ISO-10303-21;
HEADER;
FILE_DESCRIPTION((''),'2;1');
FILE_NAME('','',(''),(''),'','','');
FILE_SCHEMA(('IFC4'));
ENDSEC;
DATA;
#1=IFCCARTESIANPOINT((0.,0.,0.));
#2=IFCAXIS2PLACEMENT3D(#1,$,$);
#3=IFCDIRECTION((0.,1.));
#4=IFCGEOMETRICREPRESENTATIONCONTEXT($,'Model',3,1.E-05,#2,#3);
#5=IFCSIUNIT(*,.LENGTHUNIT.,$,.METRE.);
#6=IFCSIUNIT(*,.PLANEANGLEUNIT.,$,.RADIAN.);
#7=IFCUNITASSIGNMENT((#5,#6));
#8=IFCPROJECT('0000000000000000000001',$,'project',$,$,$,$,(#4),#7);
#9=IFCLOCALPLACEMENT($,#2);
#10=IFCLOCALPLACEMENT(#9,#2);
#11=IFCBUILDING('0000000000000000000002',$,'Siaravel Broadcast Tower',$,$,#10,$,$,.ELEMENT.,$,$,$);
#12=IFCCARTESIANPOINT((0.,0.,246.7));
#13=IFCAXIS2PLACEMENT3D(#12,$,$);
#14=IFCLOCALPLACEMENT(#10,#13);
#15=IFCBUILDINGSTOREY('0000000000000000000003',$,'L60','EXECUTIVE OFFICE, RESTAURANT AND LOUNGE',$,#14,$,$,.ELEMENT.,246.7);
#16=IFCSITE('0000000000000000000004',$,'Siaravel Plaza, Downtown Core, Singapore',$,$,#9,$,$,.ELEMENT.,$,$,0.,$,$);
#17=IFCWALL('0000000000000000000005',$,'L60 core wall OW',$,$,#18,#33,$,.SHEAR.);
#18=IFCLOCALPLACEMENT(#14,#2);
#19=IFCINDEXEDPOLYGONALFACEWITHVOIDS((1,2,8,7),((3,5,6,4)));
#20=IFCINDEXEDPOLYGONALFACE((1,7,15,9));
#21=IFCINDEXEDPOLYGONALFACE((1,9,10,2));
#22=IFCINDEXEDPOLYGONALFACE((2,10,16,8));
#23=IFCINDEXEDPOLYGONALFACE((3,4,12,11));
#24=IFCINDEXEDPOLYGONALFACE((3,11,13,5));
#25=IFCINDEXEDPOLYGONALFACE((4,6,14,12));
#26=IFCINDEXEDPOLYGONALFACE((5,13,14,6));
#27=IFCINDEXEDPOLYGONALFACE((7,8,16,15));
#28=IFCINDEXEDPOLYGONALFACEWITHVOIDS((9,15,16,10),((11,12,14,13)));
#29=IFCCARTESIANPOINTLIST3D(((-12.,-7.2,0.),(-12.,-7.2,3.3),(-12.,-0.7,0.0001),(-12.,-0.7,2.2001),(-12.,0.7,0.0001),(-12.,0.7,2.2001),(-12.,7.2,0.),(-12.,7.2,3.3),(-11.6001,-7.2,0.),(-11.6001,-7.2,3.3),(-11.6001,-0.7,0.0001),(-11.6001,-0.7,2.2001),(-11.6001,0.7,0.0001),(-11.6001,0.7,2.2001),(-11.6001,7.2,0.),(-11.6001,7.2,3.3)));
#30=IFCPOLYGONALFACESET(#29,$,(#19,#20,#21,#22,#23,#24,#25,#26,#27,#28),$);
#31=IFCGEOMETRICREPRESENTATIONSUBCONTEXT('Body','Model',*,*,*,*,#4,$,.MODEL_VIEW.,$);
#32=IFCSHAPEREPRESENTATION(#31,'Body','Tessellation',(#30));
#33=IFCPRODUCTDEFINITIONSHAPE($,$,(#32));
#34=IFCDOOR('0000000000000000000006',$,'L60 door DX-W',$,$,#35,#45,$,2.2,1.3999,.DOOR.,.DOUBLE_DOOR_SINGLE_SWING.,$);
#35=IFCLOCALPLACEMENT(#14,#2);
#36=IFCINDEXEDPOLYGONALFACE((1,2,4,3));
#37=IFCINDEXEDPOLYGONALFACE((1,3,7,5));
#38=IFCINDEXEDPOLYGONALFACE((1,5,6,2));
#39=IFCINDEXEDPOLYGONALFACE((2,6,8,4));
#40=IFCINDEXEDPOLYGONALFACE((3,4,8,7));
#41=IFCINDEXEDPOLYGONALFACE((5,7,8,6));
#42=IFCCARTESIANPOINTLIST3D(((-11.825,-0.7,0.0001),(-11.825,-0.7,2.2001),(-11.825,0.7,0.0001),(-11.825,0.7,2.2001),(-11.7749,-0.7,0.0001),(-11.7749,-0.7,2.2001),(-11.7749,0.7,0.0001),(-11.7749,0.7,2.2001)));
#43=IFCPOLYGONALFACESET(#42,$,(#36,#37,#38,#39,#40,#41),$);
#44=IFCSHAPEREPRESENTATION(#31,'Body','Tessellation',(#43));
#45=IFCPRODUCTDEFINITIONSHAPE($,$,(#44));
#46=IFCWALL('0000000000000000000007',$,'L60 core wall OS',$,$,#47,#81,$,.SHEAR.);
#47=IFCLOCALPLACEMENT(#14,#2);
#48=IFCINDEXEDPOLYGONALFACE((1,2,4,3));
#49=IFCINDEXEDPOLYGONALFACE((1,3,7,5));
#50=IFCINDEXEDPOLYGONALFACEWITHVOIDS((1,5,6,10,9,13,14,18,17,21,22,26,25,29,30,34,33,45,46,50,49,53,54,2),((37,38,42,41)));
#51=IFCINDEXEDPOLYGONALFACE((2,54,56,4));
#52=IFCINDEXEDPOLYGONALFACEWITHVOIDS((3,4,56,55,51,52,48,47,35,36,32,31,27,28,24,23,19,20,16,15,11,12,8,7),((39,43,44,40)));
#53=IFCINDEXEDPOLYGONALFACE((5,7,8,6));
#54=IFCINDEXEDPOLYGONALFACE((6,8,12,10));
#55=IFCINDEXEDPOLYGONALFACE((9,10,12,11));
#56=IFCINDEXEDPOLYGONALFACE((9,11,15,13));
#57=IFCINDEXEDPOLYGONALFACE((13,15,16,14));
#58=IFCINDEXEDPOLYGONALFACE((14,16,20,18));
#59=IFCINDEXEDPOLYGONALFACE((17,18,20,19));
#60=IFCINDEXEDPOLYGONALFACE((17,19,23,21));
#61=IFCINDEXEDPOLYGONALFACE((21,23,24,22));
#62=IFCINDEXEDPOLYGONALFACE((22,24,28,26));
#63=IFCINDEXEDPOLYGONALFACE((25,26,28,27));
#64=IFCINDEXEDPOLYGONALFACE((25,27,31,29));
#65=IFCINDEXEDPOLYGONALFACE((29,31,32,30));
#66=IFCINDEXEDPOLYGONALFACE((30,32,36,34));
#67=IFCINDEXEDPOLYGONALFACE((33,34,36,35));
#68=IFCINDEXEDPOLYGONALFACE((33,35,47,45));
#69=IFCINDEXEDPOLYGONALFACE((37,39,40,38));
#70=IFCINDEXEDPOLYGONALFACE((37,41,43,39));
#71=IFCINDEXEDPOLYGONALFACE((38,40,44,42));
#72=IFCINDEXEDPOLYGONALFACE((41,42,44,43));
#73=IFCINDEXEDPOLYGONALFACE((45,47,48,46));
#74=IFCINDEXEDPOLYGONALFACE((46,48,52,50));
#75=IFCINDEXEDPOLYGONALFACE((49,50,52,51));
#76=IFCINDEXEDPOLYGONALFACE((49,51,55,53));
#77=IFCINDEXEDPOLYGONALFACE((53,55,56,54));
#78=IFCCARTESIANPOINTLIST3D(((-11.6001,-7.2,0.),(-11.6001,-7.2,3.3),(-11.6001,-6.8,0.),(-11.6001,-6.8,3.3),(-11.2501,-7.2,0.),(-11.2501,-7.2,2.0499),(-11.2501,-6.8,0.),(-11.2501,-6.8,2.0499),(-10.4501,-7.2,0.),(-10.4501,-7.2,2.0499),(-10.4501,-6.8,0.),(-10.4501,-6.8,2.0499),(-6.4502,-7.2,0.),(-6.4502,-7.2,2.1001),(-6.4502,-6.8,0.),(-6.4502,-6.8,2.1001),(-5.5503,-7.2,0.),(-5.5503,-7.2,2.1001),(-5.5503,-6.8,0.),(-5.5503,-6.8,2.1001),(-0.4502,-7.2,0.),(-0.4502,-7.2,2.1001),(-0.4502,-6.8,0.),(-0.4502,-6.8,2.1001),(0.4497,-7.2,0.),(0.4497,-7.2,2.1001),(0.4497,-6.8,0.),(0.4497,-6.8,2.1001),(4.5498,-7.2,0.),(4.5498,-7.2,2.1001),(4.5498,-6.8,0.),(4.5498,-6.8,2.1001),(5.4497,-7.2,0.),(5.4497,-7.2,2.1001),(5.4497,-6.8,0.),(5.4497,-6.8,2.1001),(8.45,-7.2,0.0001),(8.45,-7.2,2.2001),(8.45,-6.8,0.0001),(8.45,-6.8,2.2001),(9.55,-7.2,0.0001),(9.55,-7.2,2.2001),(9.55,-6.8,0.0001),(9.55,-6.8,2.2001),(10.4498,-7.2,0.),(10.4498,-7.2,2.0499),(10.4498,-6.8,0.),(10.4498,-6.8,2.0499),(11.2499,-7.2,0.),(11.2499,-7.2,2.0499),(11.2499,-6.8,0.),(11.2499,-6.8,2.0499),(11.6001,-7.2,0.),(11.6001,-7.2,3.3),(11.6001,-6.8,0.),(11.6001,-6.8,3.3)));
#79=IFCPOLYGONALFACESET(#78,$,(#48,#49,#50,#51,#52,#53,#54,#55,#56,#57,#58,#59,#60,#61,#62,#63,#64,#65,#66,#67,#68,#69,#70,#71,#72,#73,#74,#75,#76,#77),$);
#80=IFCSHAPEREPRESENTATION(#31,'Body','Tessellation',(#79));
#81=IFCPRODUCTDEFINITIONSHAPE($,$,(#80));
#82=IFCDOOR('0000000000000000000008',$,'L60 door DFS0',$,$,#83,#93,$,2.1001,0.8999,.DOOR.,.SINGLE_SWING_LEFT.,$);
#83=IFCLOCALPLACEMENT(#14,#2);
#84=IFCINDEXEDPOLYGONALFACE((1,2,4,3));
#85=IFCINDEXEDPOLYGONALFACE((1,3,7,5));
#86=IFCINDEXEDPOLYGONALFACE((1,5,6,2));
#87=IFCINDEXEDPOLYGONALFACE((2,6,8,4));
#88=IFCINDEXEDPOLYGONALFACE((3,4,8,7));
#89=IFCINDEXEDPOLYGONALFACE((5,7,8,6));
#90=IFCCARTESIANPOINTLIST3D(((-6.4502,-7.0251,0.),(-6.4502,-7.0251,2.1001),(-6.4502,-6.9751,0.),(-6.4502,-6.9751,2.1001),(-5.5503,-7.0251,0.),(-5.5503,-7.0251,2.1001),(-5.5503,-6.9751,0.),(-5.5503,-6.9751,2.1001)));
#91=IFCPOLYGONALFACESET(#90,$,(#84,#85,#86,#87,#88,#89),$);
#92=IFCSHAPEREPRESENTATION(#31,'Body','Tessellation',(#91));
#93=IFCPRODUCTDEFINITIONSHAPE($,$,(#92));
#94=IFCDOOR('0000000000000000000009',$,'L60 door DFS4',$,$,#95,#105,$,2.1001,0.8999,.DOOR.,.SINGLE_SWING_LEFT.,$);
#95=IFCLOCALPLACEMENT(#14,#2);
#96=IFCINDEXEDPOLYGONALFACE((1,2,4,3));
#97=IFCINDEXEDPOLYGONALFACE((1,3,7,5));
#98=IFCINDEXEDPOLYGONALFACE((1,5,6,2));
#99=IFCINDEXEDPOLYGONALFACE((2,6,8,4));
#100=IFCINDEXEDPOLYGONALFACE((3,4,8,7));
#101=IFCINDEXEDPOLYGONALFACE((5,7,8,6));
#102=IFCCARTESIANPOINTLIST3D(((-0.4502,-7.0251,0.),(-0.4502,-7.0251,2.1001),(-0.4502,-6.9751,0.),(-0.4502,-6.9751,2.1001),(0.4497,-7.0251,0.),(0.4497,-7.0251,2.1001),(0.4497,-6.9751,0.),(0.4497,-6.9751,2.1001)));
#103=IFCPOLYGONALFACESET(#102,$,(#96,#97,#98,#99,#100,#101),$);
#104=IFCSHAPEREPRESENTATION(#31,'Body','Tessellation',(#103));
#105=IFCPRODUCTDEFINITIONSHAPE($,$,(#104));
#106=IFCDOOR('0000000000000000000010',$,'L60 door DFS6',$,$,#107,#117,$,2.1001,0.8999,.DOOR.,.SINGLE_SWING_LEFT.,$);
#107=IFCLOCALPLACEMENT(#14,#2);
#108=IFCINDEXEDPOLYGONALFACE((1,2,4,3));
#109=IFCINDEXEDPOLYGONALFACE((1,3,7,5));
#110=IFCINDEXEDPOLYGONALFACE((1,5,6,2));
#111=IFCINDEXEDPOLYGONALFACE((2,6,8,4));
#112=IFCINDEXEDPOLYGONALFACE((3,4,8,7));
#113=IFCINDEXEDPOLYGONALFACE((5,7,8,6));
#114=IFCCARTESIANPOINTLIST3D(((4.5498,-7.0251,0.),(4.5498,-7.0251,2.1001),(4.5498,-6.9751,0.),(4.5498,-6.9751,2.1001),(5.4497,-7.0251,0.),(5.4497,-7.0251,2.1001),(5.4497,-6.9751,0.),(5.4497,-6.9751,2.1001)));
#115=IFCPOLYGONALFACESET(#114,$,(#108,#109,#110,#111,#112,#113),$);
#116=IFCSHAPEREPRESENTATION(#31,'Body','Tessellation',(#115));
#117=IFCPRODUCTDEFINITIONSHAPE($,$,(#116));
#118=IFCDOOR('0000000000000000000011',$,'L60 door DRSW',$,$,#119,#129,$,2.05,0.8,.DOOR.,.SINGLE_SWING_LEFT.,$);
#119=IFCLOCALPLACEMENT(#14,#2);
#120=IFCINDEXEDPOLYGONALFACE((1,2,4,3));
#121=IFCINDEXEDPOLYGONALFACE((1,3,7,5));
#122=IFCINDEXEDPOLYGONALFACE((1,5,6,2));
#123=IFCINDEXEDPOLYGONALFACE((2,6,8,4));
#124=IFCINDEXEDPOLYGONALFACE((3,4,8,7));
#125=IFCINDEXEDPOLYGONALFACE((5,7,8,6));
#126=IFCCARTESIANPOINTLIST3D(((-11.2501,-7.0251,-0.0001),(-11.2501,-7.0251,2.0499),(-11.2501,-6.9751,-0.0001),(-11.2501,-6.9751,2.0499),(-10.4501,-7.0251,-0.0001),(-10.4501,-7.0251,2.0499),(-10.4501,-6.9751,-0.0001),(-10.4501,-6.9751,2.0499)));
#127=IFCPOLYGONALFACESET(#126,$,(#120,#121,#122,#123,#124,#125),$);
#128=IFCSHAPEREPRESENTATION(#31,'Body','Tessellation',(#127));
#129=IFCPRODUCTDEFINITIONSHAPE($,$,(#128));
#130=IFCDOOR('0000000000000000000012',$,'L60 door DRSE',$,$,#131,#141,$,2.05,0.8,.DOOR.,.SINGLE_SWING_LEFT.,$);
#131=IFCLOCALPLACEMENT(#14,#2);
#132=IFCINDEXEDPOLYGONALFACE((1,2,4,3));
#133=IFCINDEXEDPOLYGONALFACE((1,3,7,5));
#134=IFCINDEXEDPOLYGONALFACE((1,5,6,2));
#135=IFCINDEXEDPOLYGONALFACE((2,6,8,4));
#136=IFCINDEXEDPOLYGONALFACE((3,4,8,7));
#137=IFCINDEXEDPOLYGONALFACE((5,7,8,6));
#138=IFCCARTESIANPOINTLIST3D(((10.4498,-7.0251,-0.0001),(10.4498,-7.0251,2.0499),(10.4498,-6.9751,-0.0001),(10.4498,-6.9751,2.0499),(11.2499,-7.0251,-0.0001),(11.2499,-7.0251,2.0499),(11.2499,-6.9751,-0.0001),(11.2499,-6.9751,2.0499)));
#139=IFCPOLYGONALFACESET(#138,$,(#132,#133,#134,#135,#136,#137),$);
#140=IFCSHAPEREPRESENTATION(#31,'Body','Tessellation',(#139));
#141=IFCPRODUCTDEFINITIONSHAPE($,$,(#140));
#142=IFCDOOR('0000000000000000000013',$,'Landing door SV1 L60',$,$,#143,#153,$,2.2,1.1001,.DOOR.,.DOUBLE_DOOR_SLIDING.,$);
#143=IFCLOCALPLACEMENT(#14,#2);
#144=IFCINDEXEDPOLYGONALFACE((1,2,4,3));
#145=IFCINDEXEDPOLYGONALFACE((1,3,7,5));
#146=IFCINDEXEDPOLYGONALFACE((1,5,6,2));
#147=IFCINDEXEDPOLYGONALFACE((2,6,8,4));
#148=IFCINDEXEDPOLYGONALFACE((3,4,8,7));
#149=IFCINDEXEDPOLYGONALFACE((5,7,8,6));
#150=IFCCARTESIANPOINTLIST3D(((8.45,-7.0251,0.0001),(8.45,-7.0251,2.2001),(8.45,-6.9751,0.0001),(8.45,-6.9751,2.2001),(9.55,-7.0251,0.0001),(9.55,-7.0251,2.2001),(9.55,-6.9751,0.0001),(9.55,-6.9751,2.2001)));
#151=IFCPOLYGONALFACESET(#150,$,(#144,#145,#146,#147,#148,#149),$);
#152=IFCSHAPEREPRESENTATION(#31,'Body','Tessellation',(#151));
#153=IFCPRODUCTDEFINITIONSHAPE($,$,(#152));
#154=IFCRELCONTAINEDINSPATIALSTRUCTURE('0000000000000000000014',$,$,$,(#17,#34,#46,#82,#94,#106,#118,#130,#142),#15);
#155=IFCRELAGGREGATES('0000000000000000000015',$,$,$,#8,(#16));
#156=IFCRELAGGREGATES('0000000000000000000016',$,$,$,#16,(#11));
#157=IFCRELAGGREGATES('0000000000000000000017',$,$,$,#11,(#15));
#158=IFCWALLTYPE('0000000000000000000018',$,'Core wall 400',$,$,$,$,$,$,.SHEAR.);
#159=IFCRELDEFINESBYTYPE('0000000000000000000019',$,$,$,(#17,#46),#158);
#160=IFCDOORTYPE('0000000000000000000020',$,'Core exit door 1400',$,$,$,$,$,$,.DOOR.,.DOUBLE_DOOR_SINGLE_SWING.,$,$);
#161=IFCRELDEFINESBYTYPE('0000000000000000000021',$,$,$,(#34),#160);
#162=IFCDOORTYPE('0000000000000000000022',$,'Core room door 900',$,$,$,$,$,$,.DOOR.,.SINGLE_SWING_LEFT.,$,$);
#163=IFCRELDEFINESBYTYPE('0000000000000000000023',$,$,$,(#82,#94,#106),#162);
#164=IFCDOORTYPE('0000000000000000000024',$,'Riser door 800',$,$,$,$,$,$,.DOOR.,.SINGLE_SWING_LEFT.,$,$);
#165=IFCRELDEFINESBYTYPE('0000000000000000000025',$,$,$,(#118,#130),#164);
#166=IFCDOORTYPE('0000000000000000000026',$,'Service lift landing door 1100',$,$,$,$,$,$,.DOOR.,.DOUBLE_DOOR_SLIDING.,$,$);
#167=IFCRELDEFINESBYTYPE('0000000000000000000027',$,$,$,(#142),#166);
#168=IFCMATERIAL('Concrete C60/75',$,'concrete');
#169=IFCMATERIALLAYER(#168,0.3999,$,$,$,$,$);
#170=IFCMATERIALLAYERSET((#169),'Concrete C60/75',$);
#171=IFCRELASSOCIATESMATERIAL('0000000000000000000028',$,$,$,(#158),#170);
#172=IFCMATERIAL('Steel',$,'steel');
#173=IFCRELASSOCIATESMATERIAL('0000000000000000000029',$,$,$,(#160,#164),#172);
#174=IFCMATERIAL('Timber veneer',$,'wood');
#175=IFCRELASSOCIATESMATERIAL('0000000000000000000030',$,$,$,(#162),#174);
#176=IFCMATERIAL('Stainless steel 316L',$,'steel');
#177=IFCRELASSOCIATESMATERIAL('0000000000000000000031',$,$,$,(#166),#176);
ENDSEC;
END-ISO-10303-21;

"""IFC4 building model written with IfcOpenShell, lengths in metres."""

from ifc_helpers import new_model, si_unit, direction, frame, frame_2d, origin, place, context, subcontext, project, spatial, rectangle, extrude, material, layer, layer_set, type_object, element, fill, save


model = new_model("IFC4")

# Units and contexts
model_context = context("Model", 3, precision=1e-05, world=origin(), true_north=direction((0.0, 1.0)))
body_context = subcontext(model_context, "Body", "Model", "MODEL_VIEW")
ifc_project = project(units=[si_unit("LENGTHUNIT", "METRE"), si_unit("PLANEANGLEUNIT", "RADIAN")], contexts=[model_context])

# Site, building, storey
site_placement = place(None, origin())
site = spatial("IfcSite", under=ifc_project, at=site_placement, Name="Siaravel Plaza, Downtown Core, Singapore", CompositionType="ELEMENT", RefElevation=0.0)
building_placement = place(site_placement, origin())
building = spatial("IfcBuilding", under=site, at=building_placement, Name="Siaravel Broadcast Tower", CompositionType="ELEMENT")
storey_placement = place(building_placement, frame((0.0, 0.0, 246.7)))
storey = spatial("IfcBuildingStorey", under=building, at=storey_placement, Name="L60", Description="EXECUTIVE OFFICE, RESTAURANT AND LOUNGE", CompositionType="ELEMENT", Elevation=246.7)

# Wall, opening, door
ifc_material_1 = material(Name="Concrete C60/75", Category="concrete")
ifc_layer_1 = layer(ifc_material_1, 0.3999)
ifc_layer_set_1 = layer_set([ifc_layer_1], Name="Concrete C60/75")
wall_type_1 = type_object("IfcWallType", Name="Core wall 400", PredefinedType="SHEAR", material=ifc_layer_set_1)
wall_1_placement = place(storey_placement, frame((-11.8, -7.2, 0.0), z_axis=(0.0, 0.0, 1.0), x_axis=(0.0, 1.0, 0.0)))
wall_1 = element("IfcWall", 1, at=wall_1_placement, inside=storey, type_object=wall_type_1, Name="L60 core wall OW", PredefinedType="SHEAR", context=body_context, shape_type="SweptSolid", body=[
    extrude(rectangle(XDim=14.3999, YDim=0.3999, at=frame_2d((7.2, 0.0))), origin(), (0.0, 0.0, 1.0), 3.3),
])
opening_1_placement = place(wall_1_placement, frame((6.5, 0.0, 0.0)))
opening_1 = element("IfcOpeningElement", 2, at=opening_1_placement, cuts=wall_1, PredefinedType="OPENING", context=body_context, shape_type="SweptSolid", body=[
    extrude(rectangle(XDim=1.3999, YDim=2.2, at=frame_2d((0.7, 1.1001))), frame((0.0, 0.21, 0.0), z_axis=(0.0, -1.0, 0.0), x_axis=(1.0, 0.0, 0.0)), (0.0, 0.0, 1.0), 0.4199),
])
ifc_material_2 = material(Name="Steel", Category="steel")
door_type_1 = type_object("IfcDoorType", Name="Core exit door 1400", OperationType="DOUBLE_DOOR_SINGLE_SWING", PredefinedType="DOOR", material=ifc_material_2)
door_1_placement = place(opening_1_placement, origin())
door_1 = element("IfcDoor", 3, at=door_1_placement, inside=storey, type_object=door_type_1, Name="L60 door DX-W", OperationType="DOUBLE_DOOR_SINGLE_SWING", OverallHeight=2.2, OverallWidth=1.3999, PredefinedType="DOOR", context=body_context, shape_type="SweptSolid", body=[
    extrude(rectangle(XDim=1.3999, YDim=2.2, at=frame_2d((0.7, 1.1001))), frame((0.0, 0.0249, 0.0), z_axis=(0.0, -1.0, 0.0), x_axis=(1.0, 0.0, 0.0)), (0.0, 0.0, 1.0), 0.05),
])
fill(opening_1, door_1)

# Wall, openings, doors
wall_2_placement = place(storey_placement, frame((-11.6001, -7.0, 0.0), z_axis=(0.0, 0.0, 1.0), x_axis=(1.0, 0.0, 0.0)))
wall_2 = element("IfcWall", 4, at=wall_2_placement, inside=storey, type_object=wall_type_1, Name="L60 core wall OS", PredefinedType="SHEAR", context=body_context, shape_type="SweptSolid", body=[
    extrude(rectangle(XDim=23.2002, YDim=0.3999, at=frame_2d((11.6001, 0.0))), origin(), (0.0, 0.0, 1.0), 3.3),
])
opening_2_placement = place(wall_2_placement, frame((20.05, 0.0, 0.0)))
opening_2 = element("IfcOpeningElement", 5, at=opening_2_placement, cuts=wall_2, PredefinedType="OPENING", context=body_context, shape_type="SweptSolid", body=[
    extrude(rectangle(XDim=1.1001, YDim=2.2, at=frame_2d((0.55, 1.1001))), frame((0.0, 0.21, 0.0), z_axis=(0.0, -1.0, 0.0), x_axis=(1.0, 0.0, 0.0)), (0.0, 0.0, 1.0), 0.4199),
])
opening_3_placement = place(wall_2_placement, frame((5.1499, 0.0, 0.0)))
opening_3 = element("IfcOpeningElement", 6, at=opening_3_placement, cuts=wall_2, PredefinedType="OPENING", context=body_context, shape_type="SweptSolid", body=[
    extrude(rectangle(XDim=0.8999, YDim=2.1001, at=frame_2d((0.45, 1.05))), frame((0.0, 0.21, 0.0), z_axis=(0.0, -1.0, 0.0), x_axis=(1.0, 0.0, 0.0)), (0.0, 0.0, 1.0), 0.4199),
])
opening_4_placement = place(wall_2_placement, frame((11.1499, 0.0, 0.0)))
opening_4 = element("IfcOpeningElement", 7, at=opening_4_placement, cuts=wall_2, PredefinedType="OPENING", context=body_context, shape_type="SweptSolid", body=[
    extrude(rectangle(XDim=0.8999, YDim=2.1001, at=frame_2d((0.45, 1.05))), frame((0.0, 0.21, 0.0), z_axis=(0.0, -1.0, 0.0), x_axis=(1.0, 0.0, 0.0)), (0.0, 0.0, 1.0), 0.4199),
])
opening_5_placement = place(wall_2_placement, frame((16.1499, 0.0, 0.0)))
opening_5 = element("IfcOpeningElement", 8, at=opening_5_placement, cuts=wall_2, PredefinedType="OPENING", context=body_context, shape_type="SweptSolid", body=[
    extrude(rectangle(XDim=0.8999, YDim=2.1001, at=frame_2d((0.45, 1.05))), frame((0.0, 0.21, 0.0), z_axis=(0.0, -1.0, 0.0), x_axis=(1.0, 0.0, 0.0)), (0.0, 0.0, 1.0), 0.4199),
])
opening_6_placement = place(wall_2_placement, frame((0.3501, 0.0, 0.0)))
opening_6 = element("IfcOpeningElement", 9, at=opening_6_placement, cuts=wall_2, PredefinedType="OPENING", context=body_context, shape_type="SweptSolid", body=[
    extrude(rectangle(XDim=0.8, YDim=2.05, at=frame_2d((0.3999, 1.0249))), frame((0.0, 0.21, 0.0), z_axis=(0.0, -1.0, 0.0), x_axis=(1.0, 0.0, 0.0)), (0.0, 0.0, 1.0), 0.4199),
])
opening_7_placement = place(wall_2_placement, frame((22.05, 0.0, 0.0)))
opening_7 = element("IfcOpeningElement", 10, at=opening_7_placement, cuts=wall_2, PredefinedType="OPENING", context=body_context, shape_type="SweptSolid", body=[
    extrude(rectangle(XDim=0.8, YDim=2.05, at=frame_2d((0.3999, 1.0249))), frame((0.0, 0.21, 0.0), z_axis=(0.0, -1.0, 0.0), x_axis=(1.0, 0.0, 0.0)), (0.0, 0.0, 1.0), 0.4199),
])
ifc_material_3 = material(Name="Timber veneer", Category="wood")
door_type_2 = type_object("IfcDoorType", Name="Core room door 900", OperationType="SINGLE_SWING_LEFT", PredefinedType="DOOR", material=ifc_material_3)
door_2_placement = place(opening_3_placement, origin())
door_2 = element("IfcDoor", 11, at=door_2_placement, inside=storey, type_object=door_type_2, Name="L60 door DFS0", OperationType="SINGLE_SWING_LEFT", OverallHeight=2.1001, OverallWidth=0.8999, PredefinedType="DOOR", context=body_context, shape_type="SweptSolid", body=[
    extrude(rectangle(XDim=0.8999, YDim=2.1001, at=frame_2d((0.45, 1.05))), frame((0.0, 0.0249, 0.0), z_axis=(0.0, -1.0, 0.0), x_axis=(1.0, 0.0, 0.0)), (0.0, 0.0, 1.0), 0.05),
])
fill(opening_3, door_2)
door_3_placement = place(opening_4_placement, origin())
door_3 = element("IfcDoor", 12, at=door_3_placement, inside=storey, type_object=door_type_2, Name="L60 door DFS4", OperationType="SINGLE_SWING_LEFT", OverallHeight=2.1001, OverallWidth=0.8999, PredefinedType="DOOR", context=body_context, shape_type="SweptSolid", body=[
    extrude(rectangle(XDim=0.8999, YDim=2.1001, at=frame_2d((0.45, 1.05))), frame((0.0, 0.0249, 0.0), z_axis=(0.0, -1.0, 0.0), x_axis=(1.0, 0.0, 0.0)), (0.0, 0.0, 1.0), 0.05),
])
fill(opening_4, door_3)
door_4_placement = place(opening_5_placement, origin())
door_4 = element("IfcDoor", 13, at=door_4_placement, inside=storey, type_object=door_type_2, Name="L60 door DFS6", OperationType="SINGLE_SWING_LEFT", OverallHeight=2.1001, OverallWidth=0.8999, PredefinedType="DOOR", context=body_context, shape_type="SweptSolid", body=[
    extrude(rectangle(XDim=0.8999, YDim=2.1001, at=frame_2d((0.45, 1.05))), frame((0.0, 0.0249, 0.0), z_axis=(0.0, -1.0, 0.0), x_axis=(1.0, 0.0, 0.0)), (0.0, 0.0, 1.0), 0.05),
])
fill(opening_5, door_4)
door_type_3 = type_object("IfcDoorType", Name="Riser door 800", OperationType="SINGLE_SWING_LEFT", PredefinedType="DOOR", material=ifc_material_2)
door_5_placement = place(opening_6_placement, origin())
door_5 = element("IfcDoor", 14, at=door_5_placement, inside=storey, type_object=door_type_3, Name="L60 door DRSW", OperationType="SINGLE_SWING_LEFT", OverallHeight=2.05, OverallWidth=0.8, PredefinedType="DOOR", context=body_context, shape_type="SweptSolid", body=[
    extrude(rectangle(XDim=0.8, YDim=2.05, at=frame_2d((0.3999, 1.0249))), frame((0.0, 0.0249, 0.0), z_axis=(0.0, -1.0, 0.0), x_axis=(1.0, 0.0, 0.0)), (0.0, 0.0, 1.0), 0.05),
])
fill(opening_6, door_5)
door_6_placement = place(opening_7_placement, origin())
door_6 = element("IfcDoor", 15, at=door_6_placement, inside=storey, type_object=door_type_3, Name="L60 door DRSE", OperationType="SINGLE_SWING_LEFT", OverallHeight=2.05, OverallWidth=0.8, PredefinedType="DOOR", context=body_context, shape_type="SweptSolid", body=[
    extrude(rectangle(XDim=0.8, YDim=2.05, at=frame_2d((0.3999, 1.0249))), frame((0.0, 0.0249, 0.0), z_axis=(0.0, -1.0, 0.0), x_axis=(1.0, 0.0, 0.0)), (0.0, 0.0, 1.0), 0.05),
])
fill(opening_7, door_6)
ifc_material_4 = material(Name="Stainless steel 316L", Category="steel")
door_type_4 = type_object("IfcDoorType", Name="Service lift landing door 1100", OperationType="DOUBLE_DOOR_SLIDING", PredefinedType="DOOR", material=ifc_material_4)
door_7_placement = place(opening_2_placement, origin())
door_7 = element("IfcDoor", 16, at=door_7_placement, inside=storey, type_object=door_type_4, Name="Landing door SV1 L60", OperationType="DOUBLE_DOOR_SLIDING", OverallHeight=2.2, OverallWidth=1.1001, PredefinedType="DOOR", context=body_context, shape_type="SweptSolid", body=[
    extrude(rectangle(XDim=1.1001, YDim=2.2, at=frame_2d((0.55, 1.1001))), frame((0.0, 0.0249, 0.0), z_axis=(0.0, -1.0, 0.0), x_axis=(1.0, 0.0, 0.0)), (0.0, 0.0, 1.0), 0.05),
])
fill(opening_2, door_7)

save(model, "model.ifc")
